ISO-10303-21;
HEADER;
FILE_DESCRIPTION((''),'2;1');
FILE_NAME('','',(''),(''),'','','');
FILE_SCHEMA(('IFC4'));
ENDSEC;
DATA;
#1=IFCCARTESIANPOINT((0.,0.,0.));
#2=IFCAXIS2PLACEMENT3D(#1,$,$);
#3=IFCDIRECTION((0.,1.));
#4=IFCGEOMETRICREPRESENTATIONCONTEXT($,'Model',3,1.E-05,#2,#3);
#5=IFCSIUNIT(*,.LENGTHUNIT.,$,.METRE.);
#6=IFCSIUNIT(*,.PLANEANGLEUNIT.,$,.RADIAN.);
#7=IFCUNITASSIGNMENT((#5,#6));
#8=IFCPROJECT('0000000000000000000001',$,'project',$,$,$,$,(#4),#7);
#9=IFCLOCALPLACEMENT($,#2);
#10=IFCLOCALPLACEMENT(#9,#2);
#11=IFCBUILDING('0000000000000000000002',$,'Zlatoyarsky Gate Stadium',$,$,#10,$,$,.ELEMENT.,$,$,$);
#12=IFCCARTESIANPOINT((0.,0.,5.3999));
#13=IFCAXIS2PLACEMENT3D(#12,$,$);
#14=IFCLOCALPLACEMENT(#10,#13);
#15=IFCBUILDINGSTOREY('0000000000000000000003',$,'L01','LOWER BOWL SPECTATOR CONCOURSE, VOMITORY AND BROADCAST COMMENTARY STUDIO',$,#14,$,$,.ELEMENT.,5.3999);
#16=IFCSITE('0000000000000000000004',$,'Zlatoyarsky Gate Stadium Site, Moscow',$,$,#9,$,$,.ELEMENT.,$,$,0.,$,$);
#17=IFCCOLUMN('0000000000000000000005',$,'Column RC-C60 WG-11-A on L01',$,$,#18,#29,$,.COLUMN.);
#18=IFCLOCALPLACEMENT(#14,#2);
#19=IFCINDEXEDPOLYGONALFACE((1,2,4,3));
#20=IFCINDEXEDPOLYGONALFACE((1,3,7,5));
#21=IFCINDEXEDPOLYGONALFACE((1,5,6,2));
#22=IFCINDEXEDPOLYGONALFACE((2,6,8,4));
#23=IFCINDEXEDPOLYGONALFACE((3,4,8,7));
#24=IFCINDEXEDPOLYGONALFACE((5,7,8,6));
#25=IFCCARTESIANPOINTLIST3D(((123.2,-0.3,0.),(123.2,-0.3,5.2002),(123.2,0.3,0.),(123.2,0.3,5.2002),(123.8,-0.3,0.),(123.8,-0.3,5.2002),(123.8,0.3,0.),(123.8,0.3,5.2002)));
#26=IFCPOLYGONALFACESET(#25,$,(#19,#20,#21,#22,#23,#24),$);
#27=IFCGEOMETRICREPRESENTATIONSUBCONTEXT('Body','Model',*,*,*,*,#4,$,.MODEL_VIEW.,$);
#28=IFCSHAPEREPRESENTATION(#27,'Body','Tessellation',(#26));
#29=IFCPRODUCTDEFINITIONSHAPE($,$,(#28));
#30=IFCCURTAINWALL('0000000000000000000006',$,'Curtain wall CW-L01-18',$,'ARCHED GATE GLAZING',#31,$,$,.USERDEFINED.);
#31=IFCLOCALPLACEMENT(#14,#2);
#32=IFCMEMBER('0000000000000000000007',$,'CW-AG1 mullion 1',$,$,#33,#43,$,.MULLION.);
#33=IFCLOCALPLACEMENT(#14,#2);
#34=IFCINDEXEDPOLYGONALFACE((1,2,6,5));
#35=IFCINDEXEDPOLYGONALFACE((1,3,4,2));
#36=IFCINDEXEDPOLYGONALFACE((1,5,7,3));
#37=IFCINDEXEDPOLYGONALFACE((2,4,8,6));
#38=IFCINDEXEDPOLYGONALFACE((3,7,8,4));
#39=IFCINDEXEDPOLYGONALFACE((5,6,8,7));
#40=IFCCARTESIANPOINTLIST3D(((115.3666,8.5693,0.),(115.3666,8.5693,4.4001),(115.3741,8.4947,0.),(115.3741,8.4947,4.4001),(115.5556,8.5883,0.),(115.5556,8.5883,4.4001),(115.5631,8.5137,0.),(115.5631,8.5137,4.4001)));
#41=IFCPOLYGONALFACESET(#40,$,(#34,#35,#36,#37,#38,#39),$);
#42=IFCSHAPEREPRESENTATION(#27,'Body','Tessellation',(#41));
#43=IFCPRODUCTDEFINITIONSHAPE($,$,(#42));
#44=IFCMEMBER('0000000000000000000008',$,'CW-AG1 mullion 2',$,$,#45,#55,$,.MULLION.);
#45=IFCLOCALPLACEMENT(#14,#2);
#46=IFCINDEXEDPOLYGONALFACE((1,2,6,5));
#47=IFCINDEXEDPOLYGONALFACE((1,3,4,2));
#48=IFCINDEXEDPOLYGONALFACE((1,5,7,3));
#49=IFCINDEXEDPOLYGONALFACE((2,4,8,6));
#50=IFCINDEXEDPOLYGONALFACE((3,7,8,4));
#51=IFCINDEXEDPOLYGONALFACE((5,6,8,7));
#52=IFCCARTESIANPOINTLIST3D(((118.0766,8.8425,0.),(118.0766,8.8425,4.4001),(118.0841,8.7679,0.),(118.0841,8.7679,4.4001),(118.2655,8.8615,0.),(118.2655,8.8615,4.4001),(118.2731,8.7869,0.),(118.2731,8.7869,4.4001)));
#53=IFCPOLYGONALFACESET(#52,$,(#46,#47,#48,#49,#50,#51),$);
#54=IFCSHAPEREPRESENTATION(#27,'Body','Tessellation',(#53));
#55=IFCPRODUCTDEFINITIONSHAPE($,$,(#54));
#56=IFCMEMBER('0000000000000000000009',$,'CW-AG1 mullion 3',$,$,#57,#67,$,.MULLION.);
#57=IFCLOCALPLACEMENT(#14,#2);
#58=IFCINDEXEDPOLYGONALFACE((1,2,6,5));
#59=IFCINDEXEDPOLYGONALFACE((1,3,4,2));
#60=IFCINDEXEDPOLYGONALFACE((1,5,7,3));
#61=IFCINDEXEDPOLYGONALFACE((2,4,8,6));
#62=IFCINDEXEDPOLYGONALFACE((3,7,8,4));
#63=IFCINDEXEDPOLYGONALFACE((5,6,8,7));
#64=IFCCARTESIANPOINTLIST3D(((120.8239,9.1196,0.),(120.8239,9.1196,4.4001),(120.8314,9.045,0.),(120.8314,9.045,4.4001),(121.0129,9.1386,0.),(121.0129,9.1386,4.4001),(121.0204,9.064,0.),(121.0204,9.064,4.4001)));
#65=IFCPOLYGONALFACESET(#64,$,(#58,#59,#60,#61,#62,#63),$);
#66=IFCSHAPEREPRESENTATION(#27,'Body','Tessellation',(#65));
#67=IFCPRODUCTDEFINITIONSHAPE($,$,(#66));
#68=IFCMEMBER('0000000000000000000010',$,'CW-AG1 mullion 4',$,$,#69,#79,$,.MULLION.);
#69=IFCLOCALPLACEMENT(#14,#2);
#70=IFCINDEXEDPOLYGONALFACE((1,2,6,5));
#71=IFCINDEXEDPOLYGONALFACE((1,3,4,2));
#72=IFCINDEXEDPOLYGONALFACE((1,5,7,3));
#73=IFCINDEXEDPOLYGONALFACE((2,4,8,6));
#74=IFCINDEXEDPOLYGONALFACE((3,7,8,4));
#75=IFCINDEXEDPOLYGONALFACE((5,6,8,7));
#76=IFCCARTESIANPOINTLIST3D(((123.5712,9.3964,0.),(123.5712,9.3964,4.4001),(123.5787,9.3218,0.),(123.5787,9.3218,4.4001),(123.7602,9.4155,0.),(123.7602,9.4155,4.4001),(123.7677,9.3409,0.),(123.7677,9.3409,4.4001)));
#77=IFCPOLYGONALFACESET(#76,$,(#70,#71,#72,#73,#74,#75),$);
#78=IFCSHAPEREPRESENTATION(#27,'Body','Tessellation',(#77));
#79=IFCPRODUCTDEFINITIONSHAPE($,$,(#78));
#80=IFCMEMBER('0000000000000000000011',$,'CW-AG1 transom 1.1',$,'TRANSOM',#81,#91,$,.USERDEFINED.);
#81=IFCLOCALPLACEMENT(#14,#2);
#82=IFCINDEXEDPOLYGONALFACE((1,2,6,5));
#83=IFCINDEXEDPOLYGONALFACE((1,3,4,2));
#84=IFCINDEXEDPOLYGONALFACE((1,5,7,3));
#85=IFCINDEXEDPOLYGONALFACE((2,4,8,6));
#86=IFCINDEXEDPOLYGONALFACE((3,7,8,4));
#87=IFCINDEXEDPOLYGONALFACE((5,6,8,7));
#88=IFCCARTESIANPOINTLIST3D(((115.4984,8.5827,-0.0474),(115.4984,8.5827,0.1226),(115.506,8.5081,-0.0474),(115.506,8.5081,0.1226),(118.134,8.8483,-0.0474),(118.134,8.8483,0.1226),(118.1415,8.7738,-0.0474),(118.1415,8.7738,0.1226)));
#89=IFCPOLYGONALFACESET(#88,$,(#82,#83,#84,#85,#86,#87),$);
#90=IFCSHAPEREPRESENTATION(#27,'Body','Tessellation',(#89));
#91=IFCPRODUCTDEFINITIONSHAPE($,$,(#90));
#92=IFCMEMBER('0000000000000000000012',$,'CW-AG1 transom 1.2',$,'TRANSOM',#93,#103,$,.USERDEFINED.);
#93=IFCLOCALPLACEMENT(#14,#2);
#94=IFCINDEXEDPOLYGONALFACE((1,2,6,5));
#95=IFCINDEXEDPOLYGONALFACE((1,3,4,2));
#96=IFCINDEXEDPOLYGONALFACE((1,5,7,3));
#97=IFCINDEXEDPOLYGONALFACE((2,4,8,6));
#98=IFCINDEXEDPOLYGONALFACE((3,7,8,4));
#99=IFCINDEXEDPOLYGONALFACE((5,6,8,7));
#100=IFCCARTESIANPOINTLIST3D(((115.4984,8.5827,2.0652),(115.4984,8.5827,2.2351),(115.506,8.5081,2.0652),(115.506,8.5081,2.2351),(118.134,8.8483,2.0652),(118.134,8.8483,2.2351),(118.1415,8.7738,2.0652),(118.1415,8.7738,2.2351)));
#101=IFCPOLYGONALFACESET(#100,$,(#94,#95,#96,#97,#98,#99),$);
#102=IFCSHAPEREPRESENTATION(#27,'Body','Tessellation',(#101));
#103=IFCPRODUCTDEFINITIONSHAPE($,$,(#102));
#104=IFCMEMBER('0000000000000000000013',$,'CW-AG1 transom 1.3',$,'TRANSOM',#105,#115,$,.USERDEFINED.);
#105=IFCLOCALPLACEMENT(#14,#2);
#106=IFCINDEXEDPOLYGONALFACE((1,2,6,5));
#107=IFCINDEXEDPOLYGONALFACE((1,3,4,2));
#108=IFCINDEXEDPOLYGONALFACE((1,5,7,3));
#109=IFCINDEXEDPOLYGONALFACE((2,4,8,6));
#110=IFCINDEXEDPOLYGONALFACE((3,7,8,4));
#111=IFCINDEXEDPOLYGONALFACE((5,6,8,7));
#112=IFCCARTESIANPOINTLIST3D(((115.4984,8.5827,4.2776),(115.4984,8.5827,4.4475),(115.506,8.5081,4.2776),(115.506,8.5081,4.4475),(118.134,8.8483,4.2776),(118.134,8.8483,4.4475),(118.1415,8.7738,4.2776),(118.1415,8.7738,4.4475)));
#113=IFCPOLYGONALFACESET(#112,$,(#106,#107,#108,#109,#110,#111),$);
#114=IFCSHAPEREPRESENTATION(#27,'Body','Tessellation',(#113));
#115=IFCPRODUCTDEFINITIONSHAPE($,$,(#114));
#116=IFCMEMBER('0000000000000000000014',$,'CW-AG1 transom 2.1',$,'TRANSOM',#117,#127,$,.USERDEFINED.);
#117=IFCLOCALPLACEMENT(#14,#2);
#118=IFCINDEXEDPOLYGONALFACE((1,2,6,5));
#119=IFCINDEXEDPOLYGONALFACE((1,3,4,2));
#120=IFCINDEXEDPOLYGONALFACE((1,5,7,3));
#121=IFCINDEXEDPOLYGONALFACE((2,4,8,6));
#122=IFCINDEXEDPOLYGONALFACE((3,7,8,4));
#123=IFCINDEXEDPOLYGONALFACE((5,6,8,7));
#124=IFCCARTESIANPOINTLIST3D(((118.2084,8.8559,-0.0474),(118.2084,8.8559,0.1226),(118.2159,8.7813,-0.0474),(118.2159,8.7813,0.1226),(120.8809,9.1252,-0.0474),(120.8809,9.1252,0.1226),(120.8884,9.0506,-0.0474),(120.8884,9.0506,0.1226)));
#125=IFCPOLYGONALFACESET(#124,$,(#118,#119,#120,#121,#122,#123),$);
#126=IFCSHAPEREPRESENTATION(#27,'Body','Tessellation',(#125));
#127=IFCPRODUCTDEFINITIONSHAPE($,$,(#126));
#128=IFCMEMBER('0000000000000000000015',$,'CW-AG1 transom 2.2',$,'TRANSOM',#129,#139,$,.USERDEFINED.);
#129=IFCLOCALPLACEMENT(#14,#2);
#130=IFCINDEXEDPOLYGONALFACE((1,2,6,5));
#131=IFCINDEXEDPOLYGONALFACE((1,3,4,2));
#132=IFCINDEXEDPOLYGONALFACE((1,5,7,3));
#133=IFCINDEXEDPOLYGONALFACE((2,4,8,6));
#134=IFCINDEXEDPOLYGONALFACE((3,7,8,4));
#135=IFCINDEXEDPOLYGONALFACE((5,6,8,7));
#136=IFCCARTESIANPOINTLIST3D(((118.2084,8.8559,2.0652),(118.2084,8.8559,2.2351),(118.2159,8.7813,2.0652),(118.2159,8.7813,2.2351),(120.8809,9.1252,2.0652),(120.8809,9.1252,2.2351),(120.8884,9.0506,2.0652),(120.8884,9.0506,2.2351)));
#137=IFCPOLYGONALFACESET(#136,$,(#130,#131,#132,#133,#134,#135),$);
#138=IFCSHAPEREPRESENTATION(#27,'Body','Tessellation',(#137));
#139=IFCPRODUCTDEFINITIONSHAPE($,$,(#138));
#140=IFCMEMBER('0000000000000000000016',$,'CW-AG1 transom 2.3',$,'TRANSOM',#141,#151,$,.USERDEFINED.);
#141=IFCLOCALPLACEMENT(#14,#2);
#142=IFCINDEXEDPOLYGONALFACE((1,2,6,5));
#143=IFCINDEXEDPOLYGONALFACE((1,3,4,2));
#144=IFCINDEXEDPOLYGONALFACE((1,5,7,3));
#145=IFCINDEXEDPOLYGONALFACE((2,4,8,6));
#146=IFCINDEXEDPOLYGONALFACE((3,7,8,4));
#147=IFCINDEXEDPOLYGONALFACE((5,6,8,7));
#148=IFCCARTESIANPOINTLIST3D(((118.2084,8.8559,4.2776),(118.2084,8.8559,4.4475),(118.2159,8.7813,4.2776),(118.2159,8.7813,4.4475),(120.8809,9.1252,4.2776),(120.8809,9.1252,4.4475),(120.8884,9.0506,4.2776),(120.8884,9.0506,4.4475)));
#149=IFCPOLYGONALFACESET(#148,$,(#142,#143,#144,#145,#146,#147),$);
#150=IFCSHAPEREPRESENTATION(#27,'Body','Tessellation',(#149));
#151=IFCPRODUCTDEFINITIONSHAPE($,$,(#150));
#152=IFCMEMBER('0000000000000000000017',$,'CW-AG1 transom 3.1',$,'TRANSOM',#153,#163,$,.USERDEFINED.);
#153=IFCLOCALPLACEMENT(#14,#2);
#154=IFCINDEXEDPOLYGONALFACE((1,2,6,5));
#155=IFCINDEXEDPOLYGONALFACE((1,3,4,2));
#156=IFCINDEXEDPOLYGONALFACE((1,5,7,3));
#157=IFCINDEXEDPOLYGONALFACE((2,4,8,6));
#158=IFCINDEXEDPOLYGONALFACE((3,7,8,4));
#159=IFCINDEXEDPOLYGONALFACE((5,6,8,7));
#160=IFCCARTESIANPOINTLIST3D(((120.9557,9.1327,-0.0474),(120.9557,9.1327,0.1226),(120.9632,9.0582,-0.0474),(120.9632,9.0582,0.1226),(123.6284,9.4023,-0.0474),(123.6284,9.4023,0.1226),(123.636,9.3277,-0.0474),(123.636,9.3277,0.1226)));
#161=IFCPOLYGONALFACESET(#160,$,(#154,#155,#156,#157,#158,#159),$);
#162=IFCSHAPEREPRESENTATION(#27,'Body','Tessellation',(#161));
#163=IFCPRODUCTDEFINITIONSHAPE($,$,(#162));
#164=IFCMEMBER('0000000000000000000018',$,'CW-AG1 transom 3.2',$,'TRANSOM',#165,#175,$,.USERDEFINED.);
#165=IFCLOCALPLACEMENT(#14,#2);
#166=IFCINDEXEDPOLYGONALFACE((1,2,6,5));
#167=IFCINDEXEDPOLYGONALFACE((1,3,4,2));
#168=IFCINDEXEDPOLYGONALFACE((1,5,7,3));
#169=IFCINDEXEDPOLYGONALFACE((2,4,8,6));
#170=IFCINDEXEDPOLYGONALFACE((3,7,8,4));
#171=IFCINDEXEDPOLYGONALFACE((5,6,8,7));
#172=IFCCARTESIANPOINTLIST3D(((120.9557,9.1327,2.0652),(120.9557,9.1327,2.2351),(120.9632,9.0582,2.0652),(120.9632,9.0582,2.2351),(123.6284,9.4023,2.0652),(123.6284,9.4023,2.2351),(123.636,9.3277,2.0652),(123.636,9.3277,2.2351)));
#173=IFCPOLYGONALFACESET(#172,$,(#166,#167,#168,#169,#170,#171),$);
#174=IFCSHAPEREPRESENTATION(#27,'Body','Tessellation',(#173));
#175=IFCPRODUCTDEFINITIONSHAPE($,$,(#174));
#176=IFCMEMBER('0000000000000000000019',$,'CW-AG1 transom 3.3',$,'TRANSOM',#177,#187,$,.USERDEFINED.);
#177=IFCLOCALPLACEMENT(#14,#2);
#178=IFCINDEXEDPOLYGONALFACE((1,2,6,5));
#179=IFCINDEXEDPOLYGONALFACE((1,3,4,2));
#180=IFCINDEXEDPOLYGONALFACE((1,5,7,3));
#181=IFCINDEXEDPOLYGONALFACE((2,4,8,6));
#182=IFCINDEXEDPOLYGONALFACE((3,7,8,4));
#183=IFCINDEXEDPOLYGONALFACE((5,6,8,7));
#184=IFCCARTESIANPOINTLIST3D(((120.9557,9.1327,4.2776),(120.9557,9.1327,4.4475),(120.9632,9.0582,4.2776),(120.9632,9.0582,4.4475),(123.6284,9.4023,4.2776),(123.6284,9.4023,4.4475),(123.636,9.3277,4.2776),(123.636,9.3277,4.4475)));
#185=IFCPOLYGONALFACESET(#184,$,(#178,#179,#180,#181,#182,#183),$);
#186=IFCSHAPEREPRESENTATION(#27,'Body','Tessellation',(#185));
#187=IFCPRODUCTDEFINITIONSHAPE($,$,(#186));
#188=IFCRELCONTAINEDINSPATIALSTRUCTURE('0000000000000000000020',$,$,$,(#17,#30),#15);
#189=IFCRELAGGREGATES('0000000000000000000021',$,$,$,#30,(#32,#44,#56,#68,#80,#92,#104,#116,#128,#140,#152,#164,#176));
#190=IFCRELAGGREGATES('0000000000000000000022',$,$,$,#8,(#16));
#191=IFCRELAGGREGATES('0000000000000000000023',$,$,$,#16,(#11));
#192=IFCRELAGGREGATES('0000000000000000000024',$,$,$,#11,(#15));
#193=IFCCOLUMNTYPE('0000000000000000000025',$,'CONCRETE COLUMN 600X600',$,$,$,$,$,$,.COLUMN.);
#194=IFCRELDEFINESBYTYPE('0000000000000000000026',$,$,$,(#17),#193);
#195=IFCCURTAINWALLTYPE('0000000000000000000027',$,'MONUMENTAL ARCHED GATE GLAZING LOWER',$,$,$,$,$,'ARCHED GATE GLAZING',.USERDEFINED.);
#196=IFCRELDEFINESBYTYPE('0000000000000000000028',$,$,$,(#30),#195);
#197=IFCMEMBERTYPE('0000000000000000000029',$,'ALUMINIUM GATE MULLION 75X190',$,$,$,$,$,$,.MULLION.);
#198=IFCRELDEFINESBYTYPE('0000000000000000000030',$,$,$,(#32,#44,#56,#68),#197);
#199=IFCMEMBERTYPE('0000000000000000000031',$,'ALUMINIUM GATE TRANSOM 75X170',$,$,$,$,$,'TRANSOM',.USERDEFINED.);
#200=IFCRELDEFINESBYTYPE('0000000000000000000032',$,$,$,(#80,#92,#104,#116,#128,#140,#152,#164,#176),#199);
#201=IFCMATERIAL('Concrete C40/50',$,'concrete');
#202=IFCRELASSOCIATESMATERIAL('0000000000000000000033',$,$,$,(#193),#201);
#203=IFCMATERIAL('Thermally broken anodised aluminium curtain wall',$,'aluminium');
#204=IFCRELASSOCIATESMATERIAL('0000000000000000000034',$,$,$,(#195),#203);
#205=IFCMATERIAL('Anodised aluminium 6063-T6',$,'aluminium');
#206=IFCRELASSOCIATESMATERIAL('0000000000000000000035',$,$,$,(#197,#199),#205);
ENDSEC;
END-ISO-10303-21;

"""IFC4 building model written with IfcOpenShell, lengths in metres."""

from ifc_helpers import new_model, si_unit, direction, frame, origin, origin_2d, place, context, subcontext, project, spatial, rectangle, extrude, material, material_profile, profile_set, type_object, element, aggregate, save


model = new_model("IFC4")

# Units and contexts
model_context = context("Model", 3, precision=1e-05, world=origin(), true_north=direction((0.0, 1.0)))
body_context = subcontext(model_context, "Body", "Model", "MODEL_VIEW")
ifc_project = project(units=[si_unit("LENGTHUNIT", "METRE"), si_unit("PLANEANGLEUNIT", "RADIAN")], contexts=[model_context])

# Site, building, storey
site_placement = place(None, origin())
site = spatial("IfcSite", under=ifc_project, at=site_placement, Name="Zlatoyarsky Gate Stadium Site, Moscow", CompositionType="ELEMENT", RefElevation=0.0)
building_placement = place(site_placement, origin())
building = spatial("IfcBuilding", under=site, at=building_placement, Name="Zlatoyarsky Gate Stadium", CompositionType="ELEMENT")
storey_placement = place(building_placement, frame((0.0, 0.0, 5.3999)))
storey = spatial("IfcBuildingStorey", under=building, at=storey_placement, Name="L01", Description="LOWER BOWL SPECTATOR CONCOURSE, VOMITORY AND BROADCAST COMMENTARY STUDIO", CompositionType="ELEMENT", Elevation=5.3999)

# Column
ifc_material_1 = material(Name="Concrete C40/50", Category="concrete")
ifc_material_profile_1 = material_profile(ifc_material_1, rectangle(XDim=0.6001, YDim=0.6001, at=origin_2d()), Name="RC COL 600X600")
ifc_profile_set_1 = profile_set([ifc_material_profile_1], Name="Concrete C40/50")
column_type = type_object("IfcColumnType", Name="CONCRETE COLUMN 600X600", PredefinedType="COLUMN", material=ifc_profile_set_1)
column_placement = place(storey_placement, frame((123.5, 0.0, 0.0), z_axis=(0.0, 0.0, 1.0), x_axis=(1.0, 0.0, 0.0)))
element("IfcColumn", 1, at=column_placement, inside=storey, type_object=column_type, Name="Column RC-C60 WG-11-A on L01", PredefinedType="COLUMN", context=body_context, shape_type="SweptSolid", body=[
    extrude(rectangle(XDim=0.6001, YDim=0.6001, at=origin_2d()), origin(), (0.0, 0.0, 1.0), 5.2002),
])

# Curtain wall, members
ifc_material_2 = material(Name="Thermally broken anodised aluminium curtain wall", Category="aluminium")
curtain_wall_type_1 = type_object("IfcCurtainWallType", Name="MONUMENTAL ARCHED GATE GLAZING LOWER", ElementType="ARCHED GATE GLAZING", PredefinedType="USERDEFINED", material=ifc_material_2)
curtain_wall_1_placement = place(storey_placement, origin())
curtain_wall_1 = element("IfcCurtainWall", 2, at=curtain_wall_1_placement, inside=storey, type_object=curtain_wall_type_1, Name="Curtain wall CW-L01-18", ObjectType="ARCHED GATE GLAZING", PredefinedType="USERDEFINED")
ifc_material_3 = material(Name="Anodised aluminium 6063-T6", Category="aluminium")
ifc_material_profile_2 = material_profile(ifc_material_3, rectangle(XDim=0.075, YDim=0.1899, at=origin_2d()), Name="ALU 75X190")
ifc_profile_set_2 = profile_set([ifc_material_profile_2], Name="Anodised aluminium 6063-T6")
member_type_1 = type_object("IfcMemberType", Name="ALUMINIUM GATE MULLION 75X190", PredefinedType="MULLION", material=ifc_profile_set_2)
member_1_placement = place(storey_placement, frame((115.4648, 8.5415, 0.0), z_axis=(0.0, 0.0, 1.0), x_axis=(-0.100303, 0.994957, 0.0)))
member_1 = element("IfcMember", 3, at=member_1_placement, type_object=member_type_1, Name="CW-AG1 mullion 1", PredefinedType="MULLION", context=body_context, shape_type="SweptSolid", body=[
    extrude(rectangle(XDim=0.075, YDim=0.1899, at=origin_2d()), origin(), (0.0, 0.0, 1.0), 4.4001),
])
member_2_placement = place(storey_placement, frame((118.1748, 8.8147, 0.0), z_axis=(0.0, 0.0, 1.0), x_axis=(-0.100303, 0.994957, 0.0)))
member_2 = element("IfcMember", 4, at=member_2_placement, type_object=member_type_1, Name="CW-AG1 mullion 2", PredefinedType="MULLION", context=body_context, shape_type="SweptSolid", body=[
    extrude(rectangle(XDim=0.075, YDim=0.1899, at=origin_2d()), origin(), (0.0, 0.0, 1.0), 4.4001),
])
member_3_placement = place(storey_placement, frame((120.9221, 9.0918, 0.0), z_axis=(0.0, 0.0, 1.0), x_axis=(-0.100303, 0.994957, 0.0)))
member_3 = element("IfcMember", 5, at=member_3_placement, type_object=member_type_1, Name="CW-AG1 mullion 3", PredefinedType="MULLION", context=body_context, shape_type="SweptSolid", body=[
    extrude(rectangle(XDim=0.075, YDim=0.1899, at=origin_2d()), origin(), (0.0, 0.0, 1.0), 4.4001),
])
member_4_placement = place(storey_placement, frame((123.6694, 9.3687, 0.0), z_axis=(0.0, 0.0, 1.0), x_axis=(-0.100303, 0.994957, 0.0)))
member_4 = element("IfcMember", 6, at=member_4_placement, type_object=member_type_1, Name="CW-AG1 mullion 4", PredefinedType="MULLION", context=body_context, shape_type="SweptSolid", body=[
    extrude(rectangle(XDim=0.075, YDim=0.1899, at=origin_2d()), origin(), (0.0, 0.0, 1.0), 4.4001),
])
ifc_material_profile_3 = material_profile(ifc_material_3, rectangle(XDim=0.075, YDim=0.1699, at=origin_2d()), Name="ALU 75X170")
ifc_profile_set_3 = profile_set([ifc_material_profile_3], Name="Anodised aluminium 6063-T6")
member_type_2 = type_object("IfcMemberType", Name="ALUMINIUM GATE TRANSOM 75X170", ElementType="TRANSOM", PredefinedType="USERDEFINED", material=ifc_profile_set_3)
member_5_placement = place(storey_placement, frame((115.5022, 8.5454, 0.0376), z_axis=(0.994959, 0.100279, 0.0), x_axis=(-0.100279, 0.994959, 0.0)))
member_5 = element("IfcMember", 7, at=member_5_placement, type_object=member_type_2, Name="CW-AG1 transom 1.1", ObjectType="TRANSOM", PredefinedType="USERDEFINED", context=body_context, shape_type="SweptSolid", body=[
    extrude(rectangle(XDim=0.075, YDim=0.1699, at=origin_2d()), origin(), (0.0, 0.0, 1.0), 2.6489),
])
member_6_placement = place(storey_placement, frame((115.5022, 8.5454, 2.1501), z_axis=(0.994959, 0.100279, 0.0), x_axis=(-0.100279, 0.994959, 0.0)))
member_6 = element("IfcMember", 8, at=member_6_placement, type_object=member_type_2, Name="CW-AG1 transom 1.2", ObjectType="TRANSOM", PredefinedType="USERDEFINED", context=body_context, shape_type="SweptSolid", body=[
    extrude(rectangle(XDim=0.075, YDim=0.1699, at=origin_2d()), origin(), (0.0, 0.0, 1.0), 2.6489),
])
member_7_placement = place(storey_placement, frame((115.5022, 8.5454, 4.3625), z_axis=(0.994959, 0.100279, 0.0), x_axis=(-0.100279, 0.994959, 0.0)))
member_7 = element("IfcMember", 9, at=member_7_placement, type_object=member_type_2, Name="CW-AG1 transom 1.3", ObjectType="TRANSOM", PredefinedType="USERDEFINED", context=body_context, shape_type="SweptSolid", body=[
    extrude(rectangle(XDim=0.075, YDim=0.1699, at=origin_2d()), origin(), (0.0, 0.0, 1.0), 2.6489),
])
member_8_placement = place(storey_placement, frame((118.2122, 8.8186, 0.0376), z_axis=(0.994962, 0.100251, 0.0), x_axis=(-0.100251, 0.994962, 0.0)))
member_8 = element("IfcMember", 10, at=member_8_placement, type_object=member_type_2, Name="CW-AG1 transom 2.1", ObjectType="TRANSOM", PredefinedType="USERDEFINED", context=body_context, shape_type="SweptSolid", body=[
    extrude(rectangle(XDim=0.075, YDim=0.1699, at=origin_2d()), origin(), (0.0, 0.0, 1.0), 2.686),
])
member_9_placement = place(storey_placement, frame((118.2122, 8.8186, 2.1501), z_axis=(0.994962, 0.100251, 0.0), x_axis=(-0.100251, 0.994962, 0.0)))
member_9 = element("IfcMember", 11, at=member_9_placement, type_object=member_type_2, Name="CW-AG1 transom 2.2", ObjectType="TRANSOM", PredefinedType="USERDEFINED", context=body_context, shape_type="SweptSolid", body=[
    extrude(rectangle(XDim=0.075, YDim=0.1699, at=origin_2d()), origin(), (0.0, 0.0, 1.0), 2.686),
])
member_10_placement = place(storey_placement, frame((118.2122, 8.8186, 4.3625), z_axis=(0.994962, 0.100251, 0.0), x_axis=(-0.100251, 0.994962, 0.0)))
member_10 = element("IfcMember", 12, at=member_10_placement, type_object=member_type_2, Name="CW-AG1 transom 2.3", ObjectType="TRANSOM", PredefinedType="USERDEFINED", context=body_context, shape_type="SweptSolid", body=[
    extrude(rectangle(XDim=0.075, YDim=0.1699, at=origin_2d()), origin(), (0.0, 0.0, 1.0), 2.686),
])
member_11_placement = place(storey_placement, frame((120.9595, 9.0955, 0.0376), z_axis=(0.994953, 0.100341, 0.0), x_axis=(-0.100341, 0.994953, 0.0)))
member_11 = element("IfcMember", 13, at=member_11_placement, type_object=member_type_2, Name="CW-AG1 transom 3.1", ObjectType="TRANSOM", PredefinedType="USERDEFINED", context=body_context, shape_type="SweptSolid", body=[
    extrude(rectangle(XDim=0.075, YDim=0.1699, at=origin_2d()), origin(), (0.0, 0.0, 1.0), 2.6863),
])
member_12_placement = place(storey_placement, frame((120.9595, 9.0955, 2.1501), z_axis=(0.994953, 0.100341, 0.0), x_axis=(-0.100341, 0.994953, 0.0)))
member_12 = element("IfcMember", 14, at=member_12_placement, type_object=member_type_2, Name="CW-AG1 transom 3.2", ObjectType="TRANSOM", PredefinedType="USERDEFINED", context=body_context, shape_type="SweptSolid", body=[
    extrude(rectangle(XDim=0.075, YDim=0.1699, at=origin_2d()), origin(), (0.0, 0.0, 1.0), 2.6863),
])
member_13_placement = place(storey_placement, frame((120.9595, 9.0955, 4.3625), z_axis=(0.994953, 0.100341, 0.0), x_axis=(-0.100341, 0.994953, 0.0)))
member_13 = element("IfcMember", 15, at=member_13_placement, type_object=member_type_2, Name="CW-AG1 transom 3.3", ObjectType="TRANSOM", PredefinedType="USERDEFINED", context=body_context, shape_type="SweptSolid", body=[
    extrude(rectangle(XDim=0.075, YDim=0.1699, at=origin_2d()), origin(), (0.0, 0.0, 1.0), 2.6863),
])

aggregate(curtain_wall_1, [member_1, member_2, member_3, member_4, member_5, member_6, member_7, member_8, member_9, member_10, member_11, member_12, member_13])

save(model, "model.ifc")
